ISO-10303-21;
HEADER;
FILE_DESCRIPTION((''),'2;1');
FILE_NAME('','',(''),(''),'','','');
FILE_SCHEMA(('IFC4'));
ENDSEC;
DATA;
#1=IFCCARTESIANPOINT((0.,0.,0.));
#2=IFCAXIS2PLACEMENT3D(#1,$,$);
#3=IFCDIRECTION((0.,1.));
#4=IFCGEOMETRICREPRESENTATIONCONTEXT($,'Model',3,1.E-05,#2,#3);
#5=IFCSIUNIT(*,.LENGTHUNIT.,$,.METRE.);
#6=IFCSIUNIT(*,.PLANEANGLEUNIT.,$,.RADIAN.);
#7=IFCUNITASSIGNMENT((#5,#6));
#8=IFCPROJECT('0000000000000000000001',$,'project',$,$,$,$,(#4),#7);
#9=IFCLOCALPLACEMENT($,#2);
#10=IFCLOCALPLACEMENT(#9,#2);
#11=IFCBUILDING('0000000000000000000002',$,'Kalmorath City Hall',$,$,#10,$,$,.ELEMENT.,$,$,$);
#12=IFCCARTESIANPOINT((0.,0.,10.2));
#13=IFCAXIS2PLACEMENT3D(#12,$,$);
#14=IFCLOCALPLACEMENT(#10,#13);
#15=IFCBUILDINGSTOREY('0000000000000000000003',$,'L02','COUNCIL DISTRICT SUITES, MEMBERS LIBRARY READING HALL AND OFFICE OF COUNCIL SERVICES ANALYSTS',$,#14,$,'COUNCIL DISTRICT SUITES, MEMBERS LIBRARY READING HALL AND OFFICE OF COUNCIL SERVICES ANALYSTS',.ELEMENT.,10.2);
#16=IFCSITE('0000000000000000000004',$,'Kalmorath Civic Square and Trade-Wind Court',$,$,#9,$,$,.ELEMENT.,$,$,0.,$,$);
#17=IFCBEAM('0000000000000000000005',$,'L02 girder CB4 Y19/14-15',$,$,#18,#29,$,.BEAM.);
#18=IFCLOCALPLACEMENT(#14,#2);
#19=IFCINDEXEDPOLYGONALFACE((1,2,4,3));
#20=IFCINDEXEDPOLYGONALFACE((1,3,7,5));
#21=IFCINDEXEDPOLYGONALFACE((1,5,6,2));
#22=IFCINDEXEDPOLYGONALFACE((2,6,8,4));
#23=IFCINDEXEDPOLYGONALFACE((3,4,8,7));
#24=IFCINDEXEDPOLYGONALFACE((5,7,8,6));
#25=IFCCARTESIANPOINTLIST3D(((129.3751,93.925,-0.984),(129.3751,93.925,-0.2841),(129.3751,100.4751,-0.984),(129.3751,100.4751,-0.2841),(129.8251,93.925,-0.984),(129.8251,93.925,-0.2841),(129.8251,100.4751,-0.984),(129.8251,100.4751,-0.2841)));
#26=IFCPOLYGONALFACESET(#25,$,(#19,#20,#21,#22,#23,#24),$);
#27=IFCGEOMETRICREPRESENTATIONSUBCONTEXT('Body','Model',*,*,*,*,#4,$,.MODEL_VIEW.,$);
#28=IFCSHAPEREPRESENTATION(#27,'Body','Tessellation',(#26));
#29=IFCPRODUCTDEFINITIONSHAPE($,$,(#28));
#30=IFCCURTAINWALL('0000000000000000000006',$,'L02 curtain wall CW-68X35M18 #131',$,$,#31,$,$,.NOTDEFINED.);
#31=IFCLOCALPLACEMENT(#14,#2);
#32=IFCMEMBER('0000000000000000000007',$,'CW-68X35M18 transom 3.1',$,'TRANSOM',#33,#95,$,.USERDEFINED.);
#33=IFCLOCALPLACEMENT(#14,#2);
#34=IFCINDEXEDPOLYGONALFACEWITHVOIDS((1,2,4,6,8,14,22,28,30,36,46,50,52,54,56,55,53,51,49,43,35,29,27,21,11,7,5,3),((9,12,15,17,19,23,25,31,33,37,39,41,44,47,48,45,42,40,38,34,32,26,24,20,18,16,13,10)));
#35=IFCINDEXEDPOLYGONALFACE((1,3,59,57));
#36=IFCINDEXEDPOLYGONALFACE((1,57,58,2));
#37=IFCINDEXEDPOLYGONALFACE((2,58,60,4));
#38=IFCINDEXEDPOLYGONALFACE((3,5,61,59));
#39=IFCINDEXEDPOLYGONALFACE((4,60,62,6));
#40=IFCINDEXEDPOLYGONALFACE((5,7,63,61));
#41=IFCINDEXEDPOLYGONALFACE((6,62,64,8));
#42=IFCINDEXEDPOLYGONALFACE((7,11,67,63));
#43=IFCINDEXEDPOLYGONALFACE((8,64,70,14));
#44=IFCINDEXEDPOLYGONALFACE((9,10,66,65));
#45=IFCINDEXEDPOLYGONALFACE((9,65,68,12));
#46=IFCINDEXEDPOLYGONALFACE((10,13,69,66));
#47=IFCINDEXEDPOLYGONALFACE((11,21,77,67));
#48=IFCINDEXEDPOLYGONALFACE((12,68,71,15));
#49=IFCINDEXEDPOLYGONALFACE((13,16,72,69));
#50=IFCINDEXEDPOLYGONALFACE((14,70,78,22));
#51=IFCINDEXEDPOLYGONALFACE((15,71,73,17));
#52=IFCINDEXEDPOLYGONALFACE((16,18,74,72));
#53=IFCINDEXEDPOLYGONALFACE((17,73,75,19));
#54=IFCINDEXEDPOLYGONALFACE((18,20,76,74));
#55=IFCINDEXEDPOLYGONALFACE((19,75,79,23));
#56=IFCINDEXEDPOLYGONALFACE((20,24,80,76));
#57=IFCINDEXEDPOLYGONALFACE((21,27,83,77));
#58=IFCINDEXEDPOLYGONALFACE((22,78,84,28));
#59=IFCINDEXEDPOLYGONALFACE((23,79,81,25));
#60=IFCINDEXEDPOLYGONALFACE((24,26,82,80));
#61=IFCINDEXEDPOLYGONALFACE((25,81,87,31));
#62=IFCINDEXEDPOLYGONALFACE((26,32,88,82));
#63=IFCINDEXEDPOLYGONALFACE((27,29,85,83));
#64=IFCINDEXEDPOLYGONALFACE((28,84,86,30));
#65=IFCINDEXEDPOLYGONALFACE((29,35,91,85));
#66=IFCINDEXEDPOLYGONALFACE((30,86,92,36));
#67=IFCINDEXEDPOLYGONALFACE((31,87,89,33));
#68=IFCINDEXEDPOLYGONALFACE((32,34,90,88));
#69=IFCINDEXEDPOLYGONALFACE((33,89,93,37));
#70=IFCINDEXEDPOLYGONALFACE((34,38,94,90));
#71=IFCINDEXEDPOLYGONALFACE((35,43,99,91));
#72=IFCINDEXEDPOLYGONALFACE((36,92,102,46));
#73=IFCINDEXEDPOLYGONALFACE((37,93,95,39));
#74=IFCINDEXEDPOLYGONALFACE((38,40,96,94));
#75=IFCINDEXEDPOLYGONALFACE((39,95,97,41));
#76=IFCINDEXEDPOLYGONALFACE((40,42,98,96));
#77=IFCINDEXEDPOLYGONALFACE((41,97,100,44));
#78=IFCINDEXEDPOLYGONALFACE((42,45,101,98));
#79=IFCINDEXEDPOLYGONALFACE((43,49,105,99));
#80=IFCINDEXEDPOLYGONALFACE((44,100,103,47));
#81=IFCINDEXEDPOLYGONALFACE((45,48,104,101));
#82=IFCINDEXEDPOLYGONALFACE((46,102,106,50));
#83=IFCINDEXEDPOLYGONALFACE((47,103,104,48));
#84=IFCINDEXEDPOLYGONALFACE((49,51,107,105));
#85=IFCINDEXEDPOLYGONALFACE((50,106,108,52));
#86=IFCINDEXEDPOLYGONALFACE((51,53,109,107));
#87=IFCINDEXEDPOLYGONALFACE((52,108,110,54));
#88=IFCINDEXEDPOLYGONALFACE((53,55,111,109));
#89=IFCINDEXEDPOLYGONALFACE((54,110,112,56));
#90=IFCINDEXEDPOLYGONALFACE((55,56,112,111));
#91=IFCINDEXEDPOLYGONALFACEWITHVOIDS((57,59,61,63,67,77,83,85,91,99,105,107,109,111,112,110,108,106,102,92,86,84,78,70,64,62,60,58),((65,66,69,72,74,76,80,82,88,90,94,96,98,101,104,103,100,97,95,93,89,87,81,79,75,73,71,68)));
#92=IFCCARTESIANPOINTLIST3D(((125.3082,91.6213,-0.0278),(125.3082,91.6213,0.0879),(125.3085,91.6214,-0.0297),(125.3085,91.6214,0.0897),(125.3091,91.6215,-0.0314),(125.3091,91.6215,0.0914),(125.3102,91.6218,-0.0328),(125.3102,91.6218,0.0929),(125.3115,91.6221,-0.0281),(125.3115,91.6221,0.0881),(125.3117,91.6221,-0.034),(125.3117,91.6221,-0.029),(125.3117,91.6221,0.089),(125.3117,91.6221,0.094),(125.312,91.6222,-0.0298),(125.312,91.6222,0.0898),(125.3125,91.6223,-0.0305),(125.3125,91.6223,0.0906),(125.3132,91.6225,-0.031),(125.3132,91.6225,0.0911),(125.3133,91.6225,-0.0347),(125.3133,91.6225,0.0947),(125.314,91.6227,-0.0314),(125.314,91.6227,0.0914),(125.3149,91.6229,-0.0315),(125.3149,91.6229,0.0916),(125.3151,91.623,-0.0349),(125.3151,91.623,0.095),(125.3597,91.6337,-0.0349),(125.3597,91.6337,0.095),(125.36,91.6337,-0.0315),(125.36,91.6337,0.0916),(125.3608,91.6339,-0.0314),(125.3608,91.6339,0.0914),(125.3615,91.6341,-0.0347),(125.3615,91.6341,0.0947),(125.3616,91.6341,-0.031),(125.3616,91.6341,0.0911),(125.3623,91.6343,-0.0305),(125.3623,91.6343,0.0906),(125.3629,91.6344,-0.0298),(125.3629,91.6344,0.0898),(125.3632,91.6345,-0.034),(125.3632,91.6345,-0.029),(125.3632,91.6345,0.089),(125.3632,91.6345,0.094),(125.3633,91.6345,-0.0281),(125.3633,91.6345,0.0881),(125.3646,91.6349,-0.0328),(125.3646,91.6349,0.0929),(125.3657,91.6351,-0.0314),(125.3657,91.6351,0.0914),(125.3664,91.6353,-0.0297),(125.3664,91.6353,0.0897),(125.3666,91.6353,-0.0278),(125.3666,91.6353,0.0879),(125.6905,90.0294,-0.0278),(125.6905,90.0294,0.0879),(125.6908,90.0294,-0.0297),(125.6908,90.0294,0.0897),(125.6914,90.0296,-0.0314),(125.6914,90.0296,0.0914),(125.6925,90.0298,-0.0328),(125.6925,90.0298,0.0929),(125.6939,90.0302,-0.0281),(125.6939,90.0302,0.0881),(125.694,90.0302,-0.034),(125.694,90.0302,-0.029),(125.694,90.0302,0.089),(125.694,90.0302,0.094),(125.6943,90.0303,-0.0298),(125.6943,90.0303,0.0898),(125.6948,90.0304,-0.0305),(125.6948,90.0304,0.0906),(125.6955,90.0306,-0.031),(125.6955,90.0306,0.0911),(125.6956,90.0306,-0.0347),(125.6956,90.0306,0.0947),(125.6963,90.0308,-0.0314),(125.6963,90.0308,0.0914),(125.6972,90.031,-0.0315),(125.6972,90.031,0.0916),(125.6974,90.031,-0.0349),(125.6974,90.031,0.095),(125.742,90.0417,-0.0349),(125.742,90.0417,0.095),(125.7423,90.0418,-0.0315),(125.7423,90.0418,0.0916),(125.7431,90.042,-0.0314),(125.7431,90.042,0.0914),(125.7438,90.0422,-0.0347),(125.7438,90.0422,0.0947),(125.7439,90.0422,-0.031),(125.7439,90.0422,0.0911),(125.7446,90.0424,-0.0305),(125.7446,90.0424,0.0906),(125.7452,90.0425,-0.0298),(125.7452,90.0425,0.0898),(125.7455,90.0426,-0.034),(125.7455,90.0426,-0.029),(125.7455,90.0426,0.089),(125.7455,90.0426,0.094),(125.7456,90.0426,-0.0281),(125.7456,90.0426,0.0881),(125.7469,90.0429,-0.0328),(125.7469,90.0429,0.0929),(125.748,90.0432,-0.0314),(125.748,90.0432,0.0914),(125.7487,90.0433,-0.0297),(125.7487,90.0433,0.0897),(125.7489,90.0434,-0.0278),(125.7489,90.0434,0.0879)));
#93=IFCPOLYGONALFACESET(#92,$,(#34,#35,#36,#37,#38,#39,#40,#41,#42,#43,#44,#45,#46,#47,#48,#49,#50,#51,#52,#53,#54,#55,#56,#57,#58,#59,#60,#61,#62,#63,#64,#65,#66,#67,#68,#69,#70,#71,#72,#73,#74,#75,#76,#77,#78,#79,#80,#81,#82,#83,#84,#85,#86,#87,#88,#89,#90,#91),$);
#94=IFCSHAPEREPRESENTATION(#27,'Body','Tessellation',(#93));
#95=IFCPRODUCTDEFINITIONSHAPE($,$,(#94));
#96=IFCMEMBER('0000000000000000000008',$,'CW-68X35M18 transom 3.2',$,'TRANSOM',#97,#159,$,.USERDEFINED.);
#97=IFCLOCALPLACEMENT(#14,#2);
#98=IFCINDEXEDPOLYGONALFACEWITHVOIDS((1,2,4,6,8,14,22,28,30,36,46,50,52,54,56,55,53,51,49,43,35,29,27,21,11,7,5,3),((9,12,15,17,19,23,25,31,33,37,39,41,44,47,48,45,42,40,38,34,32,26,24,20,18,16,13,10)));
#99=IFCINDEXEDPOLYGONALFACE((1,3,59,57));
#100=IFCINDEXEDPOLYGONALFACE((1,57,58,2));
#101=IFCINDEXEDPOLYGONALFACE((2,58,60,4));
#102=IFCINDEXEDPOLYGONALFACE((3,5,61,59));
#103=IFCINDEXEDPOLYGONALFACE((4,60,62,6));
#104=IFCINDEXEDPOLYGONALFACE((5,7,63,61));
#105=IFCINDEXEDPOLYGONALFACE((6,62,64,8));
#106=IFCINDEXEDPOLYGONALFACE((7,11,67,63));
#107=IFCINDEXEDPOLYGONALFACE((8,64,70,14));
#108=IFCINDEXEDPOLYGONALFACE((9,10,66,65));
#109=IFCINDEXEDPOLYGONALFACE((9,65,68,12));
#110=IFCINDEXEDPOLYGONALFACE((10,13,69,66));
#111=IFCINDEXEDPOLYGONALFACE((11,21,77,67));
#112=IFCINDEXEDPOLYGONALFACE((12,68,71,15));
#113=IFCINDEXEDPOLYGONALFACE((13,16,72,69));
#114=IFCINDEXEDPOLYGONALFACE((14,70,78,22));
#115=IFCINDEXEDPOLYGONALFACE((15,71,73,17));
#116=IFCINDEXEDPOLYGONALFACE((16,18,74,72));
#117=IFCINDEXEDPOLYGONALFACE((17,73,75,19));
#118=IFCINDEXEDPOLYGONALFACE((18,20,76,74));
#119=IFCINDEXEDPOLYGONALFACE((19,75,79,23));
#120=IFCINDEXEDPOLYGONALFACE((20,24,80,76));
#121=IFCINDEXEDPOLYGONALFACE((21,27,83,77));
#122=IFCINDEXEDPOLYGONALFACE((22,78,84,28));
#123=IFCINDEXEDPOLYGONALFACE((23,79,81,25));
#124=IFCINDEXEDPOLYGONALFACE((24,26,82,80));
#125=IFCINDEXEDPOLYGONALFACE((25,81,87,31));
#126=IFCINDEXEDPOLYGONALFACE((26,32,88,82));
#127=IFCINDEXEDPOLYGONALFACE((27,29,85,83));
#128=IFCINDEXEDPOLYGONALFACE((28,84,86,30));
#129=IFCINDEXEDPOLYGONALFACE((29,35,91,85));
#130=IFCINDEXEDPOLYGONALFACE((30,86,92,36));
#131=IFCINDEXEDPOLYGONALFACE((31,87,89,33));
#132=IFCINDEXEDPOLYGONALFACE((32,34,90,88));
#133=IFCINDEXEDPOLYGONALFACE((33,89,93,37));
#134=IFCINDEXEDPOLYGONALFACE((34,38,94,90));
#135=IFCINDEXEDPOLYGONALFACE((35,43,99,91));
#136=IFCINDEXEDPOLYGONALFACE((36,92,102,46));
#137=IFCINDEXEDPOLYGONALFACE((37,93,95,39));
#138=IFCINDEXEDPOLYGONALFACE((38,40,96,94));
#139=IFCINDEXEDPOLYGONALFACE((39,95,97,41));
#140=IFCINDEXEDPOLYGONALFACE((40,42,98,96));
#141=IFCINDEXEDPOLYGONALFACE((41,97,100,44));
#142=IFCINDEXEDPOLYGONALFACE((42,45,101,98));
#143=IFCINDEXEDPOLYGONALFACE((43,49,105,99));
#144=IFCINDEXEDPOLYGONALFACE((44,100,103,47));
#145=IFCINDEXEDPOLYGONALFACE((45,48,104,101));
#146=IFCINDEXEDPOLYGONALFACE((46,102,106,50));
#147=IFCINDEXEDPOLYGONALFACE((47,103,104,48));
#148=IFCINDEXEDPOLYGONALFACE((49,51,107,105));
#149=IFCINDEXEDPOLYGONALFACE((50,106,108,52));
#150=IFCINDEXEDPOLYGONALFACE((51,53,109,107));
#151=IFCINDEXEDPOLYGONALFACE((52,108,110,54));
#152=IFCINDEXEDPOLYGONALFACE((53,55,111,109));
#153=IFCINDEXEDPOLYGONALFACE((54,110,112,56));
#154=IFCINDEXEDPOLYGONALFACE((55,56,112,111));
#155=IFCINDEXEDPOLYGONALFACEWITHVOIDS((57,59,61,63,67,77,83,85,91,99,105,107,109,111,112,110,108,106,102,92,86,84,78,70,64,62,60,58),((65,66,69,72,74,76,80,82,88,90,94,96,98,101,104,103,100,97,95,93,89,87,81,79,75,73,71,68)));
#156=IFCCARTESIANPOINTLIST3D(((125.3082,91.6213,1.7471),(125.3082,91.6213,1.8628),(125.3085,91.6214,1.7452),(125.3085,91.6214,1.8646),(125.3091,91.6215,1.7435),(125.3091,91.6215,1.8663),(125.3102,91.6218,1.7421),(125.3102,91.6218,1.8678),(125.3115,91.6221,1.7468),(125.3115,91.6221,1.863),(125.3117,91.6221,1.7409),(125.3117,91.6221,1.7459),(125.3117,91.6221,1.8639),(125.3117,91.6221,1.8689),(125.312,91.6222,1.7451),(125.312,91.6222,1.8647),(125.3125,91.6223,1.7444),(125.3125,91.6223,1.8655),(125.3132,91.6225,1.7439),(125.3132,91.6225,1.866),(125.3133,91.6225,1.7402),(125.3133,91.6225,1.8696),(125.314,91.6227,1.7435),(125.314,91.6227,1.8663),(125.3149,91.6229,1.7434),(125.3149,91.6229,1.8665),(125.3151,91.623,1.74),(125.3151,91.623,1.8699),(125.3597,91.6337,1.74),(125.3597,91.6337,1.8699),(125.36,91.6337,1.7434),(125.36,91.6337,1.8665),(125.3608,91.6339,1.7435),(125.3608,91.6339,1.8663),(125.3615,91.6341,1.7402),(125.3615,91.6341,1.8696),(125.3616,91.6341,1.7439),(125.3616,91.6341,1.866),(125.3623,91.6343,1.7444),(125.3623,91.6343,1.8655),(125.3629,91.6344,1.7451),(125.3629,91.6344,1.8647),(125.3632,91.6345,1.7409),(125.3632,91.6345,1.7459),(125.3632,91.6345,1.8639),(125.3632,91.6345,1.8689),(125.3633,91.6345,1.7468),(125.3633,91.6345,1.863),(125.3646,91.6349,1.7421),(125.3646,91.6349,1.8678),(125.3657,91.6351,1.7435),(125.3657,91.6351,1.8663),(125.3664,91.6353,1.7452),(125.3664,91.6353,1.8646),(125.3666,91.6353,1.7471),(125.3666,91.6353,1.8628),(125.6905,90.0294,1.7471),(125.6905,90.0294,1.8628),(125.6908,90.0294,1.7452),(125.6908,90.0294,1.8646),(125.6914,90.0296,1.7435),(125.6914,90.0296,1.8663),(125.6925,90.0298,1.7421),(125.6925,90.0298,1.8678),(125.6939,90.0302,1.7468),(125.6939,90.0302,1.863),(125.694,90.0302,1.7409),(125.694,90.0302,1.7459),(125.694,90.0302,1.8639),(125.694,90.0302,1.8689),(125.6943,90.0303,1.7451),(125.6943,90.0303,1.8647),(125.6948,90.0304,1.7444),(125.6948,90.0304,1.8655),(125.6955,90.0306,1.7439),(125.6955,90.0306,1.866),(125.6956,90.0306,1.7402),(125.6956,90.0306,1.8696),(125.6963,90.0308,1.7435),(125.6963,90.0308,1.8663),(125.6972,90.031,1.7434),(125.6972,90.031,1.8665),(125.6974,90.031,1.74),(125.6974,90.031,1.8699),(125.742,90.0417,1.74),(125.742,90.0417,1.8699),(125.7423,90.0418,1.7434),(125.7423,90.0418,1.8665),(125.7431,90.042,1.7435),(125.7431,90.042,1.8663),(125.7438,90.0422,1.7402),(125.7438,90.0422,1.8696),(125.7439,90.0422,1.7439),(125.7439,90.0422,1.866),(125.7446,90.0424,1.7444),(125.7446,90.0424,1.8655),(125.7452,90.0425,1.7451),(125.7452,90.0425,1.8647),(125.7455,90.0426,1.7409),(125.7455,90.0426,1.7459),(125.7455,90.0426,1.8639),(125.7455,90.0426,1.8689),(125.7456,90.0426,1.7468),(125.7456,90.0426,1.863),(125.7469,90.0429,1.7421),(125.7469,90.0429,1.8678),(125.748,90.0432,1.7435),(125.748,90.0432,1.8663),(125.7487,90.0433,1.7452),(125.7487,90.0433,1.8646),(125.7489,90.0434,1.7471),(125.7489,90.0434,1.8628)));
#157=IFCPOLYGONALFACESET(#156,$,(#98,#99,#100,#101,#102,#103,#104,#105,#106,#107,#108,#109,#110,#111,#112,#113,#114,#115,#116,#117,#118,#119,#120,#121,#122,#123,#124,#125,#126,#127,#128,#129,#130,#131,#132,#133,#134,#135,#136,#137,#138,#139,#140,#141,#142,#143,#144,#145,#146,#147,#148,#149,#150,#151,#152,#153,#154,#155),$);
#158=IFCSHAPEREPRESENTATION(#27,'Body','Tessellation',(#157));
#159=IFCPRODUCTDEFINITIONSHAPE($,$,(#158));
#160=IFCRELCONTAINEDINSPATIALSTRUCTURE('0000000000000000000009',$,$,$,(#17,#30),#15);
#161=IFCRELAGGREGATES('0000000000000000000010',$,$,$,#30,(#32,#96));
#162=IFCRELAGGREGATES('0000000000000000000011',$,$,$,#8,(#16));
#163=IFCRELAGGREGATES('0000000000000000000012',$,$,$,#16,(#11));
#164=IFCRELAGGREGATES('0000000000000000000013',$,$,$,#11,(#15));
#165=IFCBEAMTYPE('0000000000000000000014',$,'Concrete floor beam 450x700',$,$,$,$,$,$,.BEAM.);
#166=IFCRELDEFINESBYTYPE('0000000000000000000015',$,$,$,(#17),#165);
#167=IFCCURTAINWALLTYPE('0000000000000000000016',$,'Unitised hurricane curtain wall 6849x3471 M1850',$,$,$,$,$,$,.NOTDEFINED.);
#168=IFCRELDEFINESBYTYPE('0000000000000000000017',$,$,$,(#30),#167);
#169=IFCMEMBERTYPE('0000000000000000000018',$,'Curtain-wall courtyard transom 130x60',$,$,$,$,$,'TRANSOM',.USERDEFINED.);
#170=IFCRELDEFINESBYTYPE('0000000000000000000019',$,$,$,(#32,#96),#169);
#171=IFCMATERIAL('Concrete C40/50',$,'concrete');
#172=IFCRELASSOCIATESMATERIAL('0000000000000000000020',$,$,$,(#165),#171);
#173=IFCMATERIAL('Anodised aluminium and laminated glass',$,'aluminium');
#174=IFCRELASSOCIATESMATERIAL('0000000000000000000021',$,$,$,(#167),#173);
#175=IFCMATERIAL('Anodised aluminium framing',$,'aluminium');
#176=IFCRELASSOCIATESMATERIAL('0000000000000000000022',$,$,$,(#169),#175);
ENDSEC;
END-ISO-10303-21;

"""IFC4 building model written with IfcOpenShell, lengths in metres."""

from ifc_helpers import new_model, si_unit, direction, frame, origin, origin_2d, place, context, subcontext, project, spatial, rectangle, hollow_rectangle, extrude, material, material_profile, profile_set, type_object, element, aggregate, save


model = new_model("IFC4")

# Units and contexts
model_context = context("Model", 3, precision=1e-05, world=origin(), true_north=direction((0.0, 1.0)))
body_context = subcontext(model_context, "Body", "Model", "MODEL_VIEW")
ifc_project = project(units=[si_unit("LENGTHUNIT", "METRE"), si_unit("PLANEANGLEUNIT", "RADIAN")], contexts=[model_context])

# Site, building, storey
site_placement = place(None, origin())
site = spatial("IfcSite", under=ifc_project, at=site_placement, Name="Kalmorath Civic Square and Trade-Wind Court", CompositionType="ELEMENT", RefElevation=0.0)
building_placement = place(site_placement, origin())
building = spatial("IfcBuilding", under=site, at=building_placement, Name="Kalmorath City Hall", CompositionType="ELEMENT")
storey_placement = place(building_placement, frame((0.0, 0.0, 10.2)))
storey = spatial("IfcBuildingStorey", under=building, at=storey_placement, Name="L02", Description="COUNCIL DISTRICT SUITES, MEMBERS LIBRARY READING HALL AND OFFICE OF COUNCIL SERVICES ANALYSTS", LongName="COUNCIL DISTRICT SUITES, MEMBERS LIBRARY READING HALL AND OFFICE OF COUNCIL SERVICES ANALYSTS", CompositionType="ELEMENT", Elevation=10.2)

# Beam
ifc_material_1 = material(Name="Concrete C40/50", Category="concrete")
ifc_material_profile_1 = material_profile(ifc_material_1, rectangle(XDim=0.45, YDim=0.7, at=origin_2d()), Name="RC-BM-450X700")
ifc_profile_set_1 = profile_set([ifc_material_profile_1], Name="Concrete C40/50")
beam_type_1 = type_object("IfcBeamType", Name="Concrete floor beam 450x700", PredefinedType="BEAM", material=ifc_profile_set_1)
for number, where, z_axis, x_axis, name in (
    (1, (129.6001, 93.925, -0.634), (0.0, 1.0, 0.0), (-1.0, 0.0, 0.0), "L02 girder CB4 Y19/14-15"),
):
    element("IfcBeam", number, at=place(storey_placement, frame(where, z_axis=z_axis, x_axis=x_axis)), inside=storey, type_object=beam_type_1, Name=name, PredefinedType="BEAM", context=body_context, shape_type="SweptSolid", body=[
        extrude(rectangle(XDim=0.45, YDim=0.7, at=origin_2d()), origin(), (0.0, 0.0, 1.0), 6.55),
    ])

# Curtain wall, members
ifc_material_2 = material(Name="Anodised aluminium and laminated glass", Category="aluminium")
curtain_wall_type_1 = type_object("IfcCurtainWallType", Name="Unitised hurricane curtain wall 6849x3471 M1850", PredefinedType="NOTDEFINED", material=ifc_material_2)
curtain_wall_1_placement = place(storey_placement, origin())
curtain_wall_1 = element("IfcCurtainWall", 2, at=curtain_wall_1_placement, inside=storey, type_object=curtain_wall_type_1, Name="L02 curtain wall CW-68X35M18 #131", PredefinedType="NOTDEFINED")
ifc_material_3 = material(Name="Anodised aluminium framing", Category="aluminium")
ifc_material_profile_2 = material_profile(ifc_material_3, hollow_rectangle(XDim=0.0601, YDim=0.1299, WallThickness=0.0034, InnerFilletRadius=0.0034, OuterFilletRadius=0.0071, at=origin_2d()), Name="ALU-TRN-130X60X3.5")
ifc_profile_set_2 = profile_set([ifc_material_profile_2], Name="Anodised aluminium framing")
member_type_1 = type_object("IfcMemberType", Name="Curtain-wall courtyard transom 130x60", ElementType="TRANSOM", PredefinedType="USERDEFINED", material=ifc_profile_set_2)
member_1_placement = place(storey_placement, frame((125.7197, 90.0364, 0.03), z_axis=(-0.233508, 0.972355, 0.0), x_axis=(-0.972355, -0.233508, 0.0)))
member_1 = element("IfcMember", 3, at=member_1_placement, type_object=member_type_1, Name="CW-68X35M18 transom 3.1", ObjectType="TRANSOM", PredefinedType="USERDEFINED", context=body_context, shape_type="SweptSolid", body=[
    extrude(hollow_rectangle(XDim=0.0601, YDim=0.1299, WallThickness=0.0034, InnerFilletRadius=0.0034, OuterFilletRadius=0.0071, at=origin_2d()), origin(), (0.0, 0.0, 1.0), 1.6372),
])
member_2_placement = place(storey_placement, frame((125.7197, 90.0364, 1.8049), z_axis=(-0.233508, 0.972355, 0.0), x_axis=(-0.972355, -0.233508, 0.0)))
member_2 = element("IfcMember", 4, at=member_2_placement, type_object=member_type_1, Name="CW-68X35M18 transom 3.2", ObjectType="TRANSOM", PredefinedType="USERDEFINED", context=body_context, shape_type="SweptSolid", body=[
    extrude(hollow_rectangle(XDim=0.0601, YDim=0.1299, WallThickness=0.0034, InnerFilletRadius=0.0034, OuterFilletRadius=0.0071, at=origin_2d()), origin(), (0.0, 0.0, 1.0), 1.6372),
])

aggregate(curtain_wall_1, [member_1, member_2])

save(model, "model.ifc")
